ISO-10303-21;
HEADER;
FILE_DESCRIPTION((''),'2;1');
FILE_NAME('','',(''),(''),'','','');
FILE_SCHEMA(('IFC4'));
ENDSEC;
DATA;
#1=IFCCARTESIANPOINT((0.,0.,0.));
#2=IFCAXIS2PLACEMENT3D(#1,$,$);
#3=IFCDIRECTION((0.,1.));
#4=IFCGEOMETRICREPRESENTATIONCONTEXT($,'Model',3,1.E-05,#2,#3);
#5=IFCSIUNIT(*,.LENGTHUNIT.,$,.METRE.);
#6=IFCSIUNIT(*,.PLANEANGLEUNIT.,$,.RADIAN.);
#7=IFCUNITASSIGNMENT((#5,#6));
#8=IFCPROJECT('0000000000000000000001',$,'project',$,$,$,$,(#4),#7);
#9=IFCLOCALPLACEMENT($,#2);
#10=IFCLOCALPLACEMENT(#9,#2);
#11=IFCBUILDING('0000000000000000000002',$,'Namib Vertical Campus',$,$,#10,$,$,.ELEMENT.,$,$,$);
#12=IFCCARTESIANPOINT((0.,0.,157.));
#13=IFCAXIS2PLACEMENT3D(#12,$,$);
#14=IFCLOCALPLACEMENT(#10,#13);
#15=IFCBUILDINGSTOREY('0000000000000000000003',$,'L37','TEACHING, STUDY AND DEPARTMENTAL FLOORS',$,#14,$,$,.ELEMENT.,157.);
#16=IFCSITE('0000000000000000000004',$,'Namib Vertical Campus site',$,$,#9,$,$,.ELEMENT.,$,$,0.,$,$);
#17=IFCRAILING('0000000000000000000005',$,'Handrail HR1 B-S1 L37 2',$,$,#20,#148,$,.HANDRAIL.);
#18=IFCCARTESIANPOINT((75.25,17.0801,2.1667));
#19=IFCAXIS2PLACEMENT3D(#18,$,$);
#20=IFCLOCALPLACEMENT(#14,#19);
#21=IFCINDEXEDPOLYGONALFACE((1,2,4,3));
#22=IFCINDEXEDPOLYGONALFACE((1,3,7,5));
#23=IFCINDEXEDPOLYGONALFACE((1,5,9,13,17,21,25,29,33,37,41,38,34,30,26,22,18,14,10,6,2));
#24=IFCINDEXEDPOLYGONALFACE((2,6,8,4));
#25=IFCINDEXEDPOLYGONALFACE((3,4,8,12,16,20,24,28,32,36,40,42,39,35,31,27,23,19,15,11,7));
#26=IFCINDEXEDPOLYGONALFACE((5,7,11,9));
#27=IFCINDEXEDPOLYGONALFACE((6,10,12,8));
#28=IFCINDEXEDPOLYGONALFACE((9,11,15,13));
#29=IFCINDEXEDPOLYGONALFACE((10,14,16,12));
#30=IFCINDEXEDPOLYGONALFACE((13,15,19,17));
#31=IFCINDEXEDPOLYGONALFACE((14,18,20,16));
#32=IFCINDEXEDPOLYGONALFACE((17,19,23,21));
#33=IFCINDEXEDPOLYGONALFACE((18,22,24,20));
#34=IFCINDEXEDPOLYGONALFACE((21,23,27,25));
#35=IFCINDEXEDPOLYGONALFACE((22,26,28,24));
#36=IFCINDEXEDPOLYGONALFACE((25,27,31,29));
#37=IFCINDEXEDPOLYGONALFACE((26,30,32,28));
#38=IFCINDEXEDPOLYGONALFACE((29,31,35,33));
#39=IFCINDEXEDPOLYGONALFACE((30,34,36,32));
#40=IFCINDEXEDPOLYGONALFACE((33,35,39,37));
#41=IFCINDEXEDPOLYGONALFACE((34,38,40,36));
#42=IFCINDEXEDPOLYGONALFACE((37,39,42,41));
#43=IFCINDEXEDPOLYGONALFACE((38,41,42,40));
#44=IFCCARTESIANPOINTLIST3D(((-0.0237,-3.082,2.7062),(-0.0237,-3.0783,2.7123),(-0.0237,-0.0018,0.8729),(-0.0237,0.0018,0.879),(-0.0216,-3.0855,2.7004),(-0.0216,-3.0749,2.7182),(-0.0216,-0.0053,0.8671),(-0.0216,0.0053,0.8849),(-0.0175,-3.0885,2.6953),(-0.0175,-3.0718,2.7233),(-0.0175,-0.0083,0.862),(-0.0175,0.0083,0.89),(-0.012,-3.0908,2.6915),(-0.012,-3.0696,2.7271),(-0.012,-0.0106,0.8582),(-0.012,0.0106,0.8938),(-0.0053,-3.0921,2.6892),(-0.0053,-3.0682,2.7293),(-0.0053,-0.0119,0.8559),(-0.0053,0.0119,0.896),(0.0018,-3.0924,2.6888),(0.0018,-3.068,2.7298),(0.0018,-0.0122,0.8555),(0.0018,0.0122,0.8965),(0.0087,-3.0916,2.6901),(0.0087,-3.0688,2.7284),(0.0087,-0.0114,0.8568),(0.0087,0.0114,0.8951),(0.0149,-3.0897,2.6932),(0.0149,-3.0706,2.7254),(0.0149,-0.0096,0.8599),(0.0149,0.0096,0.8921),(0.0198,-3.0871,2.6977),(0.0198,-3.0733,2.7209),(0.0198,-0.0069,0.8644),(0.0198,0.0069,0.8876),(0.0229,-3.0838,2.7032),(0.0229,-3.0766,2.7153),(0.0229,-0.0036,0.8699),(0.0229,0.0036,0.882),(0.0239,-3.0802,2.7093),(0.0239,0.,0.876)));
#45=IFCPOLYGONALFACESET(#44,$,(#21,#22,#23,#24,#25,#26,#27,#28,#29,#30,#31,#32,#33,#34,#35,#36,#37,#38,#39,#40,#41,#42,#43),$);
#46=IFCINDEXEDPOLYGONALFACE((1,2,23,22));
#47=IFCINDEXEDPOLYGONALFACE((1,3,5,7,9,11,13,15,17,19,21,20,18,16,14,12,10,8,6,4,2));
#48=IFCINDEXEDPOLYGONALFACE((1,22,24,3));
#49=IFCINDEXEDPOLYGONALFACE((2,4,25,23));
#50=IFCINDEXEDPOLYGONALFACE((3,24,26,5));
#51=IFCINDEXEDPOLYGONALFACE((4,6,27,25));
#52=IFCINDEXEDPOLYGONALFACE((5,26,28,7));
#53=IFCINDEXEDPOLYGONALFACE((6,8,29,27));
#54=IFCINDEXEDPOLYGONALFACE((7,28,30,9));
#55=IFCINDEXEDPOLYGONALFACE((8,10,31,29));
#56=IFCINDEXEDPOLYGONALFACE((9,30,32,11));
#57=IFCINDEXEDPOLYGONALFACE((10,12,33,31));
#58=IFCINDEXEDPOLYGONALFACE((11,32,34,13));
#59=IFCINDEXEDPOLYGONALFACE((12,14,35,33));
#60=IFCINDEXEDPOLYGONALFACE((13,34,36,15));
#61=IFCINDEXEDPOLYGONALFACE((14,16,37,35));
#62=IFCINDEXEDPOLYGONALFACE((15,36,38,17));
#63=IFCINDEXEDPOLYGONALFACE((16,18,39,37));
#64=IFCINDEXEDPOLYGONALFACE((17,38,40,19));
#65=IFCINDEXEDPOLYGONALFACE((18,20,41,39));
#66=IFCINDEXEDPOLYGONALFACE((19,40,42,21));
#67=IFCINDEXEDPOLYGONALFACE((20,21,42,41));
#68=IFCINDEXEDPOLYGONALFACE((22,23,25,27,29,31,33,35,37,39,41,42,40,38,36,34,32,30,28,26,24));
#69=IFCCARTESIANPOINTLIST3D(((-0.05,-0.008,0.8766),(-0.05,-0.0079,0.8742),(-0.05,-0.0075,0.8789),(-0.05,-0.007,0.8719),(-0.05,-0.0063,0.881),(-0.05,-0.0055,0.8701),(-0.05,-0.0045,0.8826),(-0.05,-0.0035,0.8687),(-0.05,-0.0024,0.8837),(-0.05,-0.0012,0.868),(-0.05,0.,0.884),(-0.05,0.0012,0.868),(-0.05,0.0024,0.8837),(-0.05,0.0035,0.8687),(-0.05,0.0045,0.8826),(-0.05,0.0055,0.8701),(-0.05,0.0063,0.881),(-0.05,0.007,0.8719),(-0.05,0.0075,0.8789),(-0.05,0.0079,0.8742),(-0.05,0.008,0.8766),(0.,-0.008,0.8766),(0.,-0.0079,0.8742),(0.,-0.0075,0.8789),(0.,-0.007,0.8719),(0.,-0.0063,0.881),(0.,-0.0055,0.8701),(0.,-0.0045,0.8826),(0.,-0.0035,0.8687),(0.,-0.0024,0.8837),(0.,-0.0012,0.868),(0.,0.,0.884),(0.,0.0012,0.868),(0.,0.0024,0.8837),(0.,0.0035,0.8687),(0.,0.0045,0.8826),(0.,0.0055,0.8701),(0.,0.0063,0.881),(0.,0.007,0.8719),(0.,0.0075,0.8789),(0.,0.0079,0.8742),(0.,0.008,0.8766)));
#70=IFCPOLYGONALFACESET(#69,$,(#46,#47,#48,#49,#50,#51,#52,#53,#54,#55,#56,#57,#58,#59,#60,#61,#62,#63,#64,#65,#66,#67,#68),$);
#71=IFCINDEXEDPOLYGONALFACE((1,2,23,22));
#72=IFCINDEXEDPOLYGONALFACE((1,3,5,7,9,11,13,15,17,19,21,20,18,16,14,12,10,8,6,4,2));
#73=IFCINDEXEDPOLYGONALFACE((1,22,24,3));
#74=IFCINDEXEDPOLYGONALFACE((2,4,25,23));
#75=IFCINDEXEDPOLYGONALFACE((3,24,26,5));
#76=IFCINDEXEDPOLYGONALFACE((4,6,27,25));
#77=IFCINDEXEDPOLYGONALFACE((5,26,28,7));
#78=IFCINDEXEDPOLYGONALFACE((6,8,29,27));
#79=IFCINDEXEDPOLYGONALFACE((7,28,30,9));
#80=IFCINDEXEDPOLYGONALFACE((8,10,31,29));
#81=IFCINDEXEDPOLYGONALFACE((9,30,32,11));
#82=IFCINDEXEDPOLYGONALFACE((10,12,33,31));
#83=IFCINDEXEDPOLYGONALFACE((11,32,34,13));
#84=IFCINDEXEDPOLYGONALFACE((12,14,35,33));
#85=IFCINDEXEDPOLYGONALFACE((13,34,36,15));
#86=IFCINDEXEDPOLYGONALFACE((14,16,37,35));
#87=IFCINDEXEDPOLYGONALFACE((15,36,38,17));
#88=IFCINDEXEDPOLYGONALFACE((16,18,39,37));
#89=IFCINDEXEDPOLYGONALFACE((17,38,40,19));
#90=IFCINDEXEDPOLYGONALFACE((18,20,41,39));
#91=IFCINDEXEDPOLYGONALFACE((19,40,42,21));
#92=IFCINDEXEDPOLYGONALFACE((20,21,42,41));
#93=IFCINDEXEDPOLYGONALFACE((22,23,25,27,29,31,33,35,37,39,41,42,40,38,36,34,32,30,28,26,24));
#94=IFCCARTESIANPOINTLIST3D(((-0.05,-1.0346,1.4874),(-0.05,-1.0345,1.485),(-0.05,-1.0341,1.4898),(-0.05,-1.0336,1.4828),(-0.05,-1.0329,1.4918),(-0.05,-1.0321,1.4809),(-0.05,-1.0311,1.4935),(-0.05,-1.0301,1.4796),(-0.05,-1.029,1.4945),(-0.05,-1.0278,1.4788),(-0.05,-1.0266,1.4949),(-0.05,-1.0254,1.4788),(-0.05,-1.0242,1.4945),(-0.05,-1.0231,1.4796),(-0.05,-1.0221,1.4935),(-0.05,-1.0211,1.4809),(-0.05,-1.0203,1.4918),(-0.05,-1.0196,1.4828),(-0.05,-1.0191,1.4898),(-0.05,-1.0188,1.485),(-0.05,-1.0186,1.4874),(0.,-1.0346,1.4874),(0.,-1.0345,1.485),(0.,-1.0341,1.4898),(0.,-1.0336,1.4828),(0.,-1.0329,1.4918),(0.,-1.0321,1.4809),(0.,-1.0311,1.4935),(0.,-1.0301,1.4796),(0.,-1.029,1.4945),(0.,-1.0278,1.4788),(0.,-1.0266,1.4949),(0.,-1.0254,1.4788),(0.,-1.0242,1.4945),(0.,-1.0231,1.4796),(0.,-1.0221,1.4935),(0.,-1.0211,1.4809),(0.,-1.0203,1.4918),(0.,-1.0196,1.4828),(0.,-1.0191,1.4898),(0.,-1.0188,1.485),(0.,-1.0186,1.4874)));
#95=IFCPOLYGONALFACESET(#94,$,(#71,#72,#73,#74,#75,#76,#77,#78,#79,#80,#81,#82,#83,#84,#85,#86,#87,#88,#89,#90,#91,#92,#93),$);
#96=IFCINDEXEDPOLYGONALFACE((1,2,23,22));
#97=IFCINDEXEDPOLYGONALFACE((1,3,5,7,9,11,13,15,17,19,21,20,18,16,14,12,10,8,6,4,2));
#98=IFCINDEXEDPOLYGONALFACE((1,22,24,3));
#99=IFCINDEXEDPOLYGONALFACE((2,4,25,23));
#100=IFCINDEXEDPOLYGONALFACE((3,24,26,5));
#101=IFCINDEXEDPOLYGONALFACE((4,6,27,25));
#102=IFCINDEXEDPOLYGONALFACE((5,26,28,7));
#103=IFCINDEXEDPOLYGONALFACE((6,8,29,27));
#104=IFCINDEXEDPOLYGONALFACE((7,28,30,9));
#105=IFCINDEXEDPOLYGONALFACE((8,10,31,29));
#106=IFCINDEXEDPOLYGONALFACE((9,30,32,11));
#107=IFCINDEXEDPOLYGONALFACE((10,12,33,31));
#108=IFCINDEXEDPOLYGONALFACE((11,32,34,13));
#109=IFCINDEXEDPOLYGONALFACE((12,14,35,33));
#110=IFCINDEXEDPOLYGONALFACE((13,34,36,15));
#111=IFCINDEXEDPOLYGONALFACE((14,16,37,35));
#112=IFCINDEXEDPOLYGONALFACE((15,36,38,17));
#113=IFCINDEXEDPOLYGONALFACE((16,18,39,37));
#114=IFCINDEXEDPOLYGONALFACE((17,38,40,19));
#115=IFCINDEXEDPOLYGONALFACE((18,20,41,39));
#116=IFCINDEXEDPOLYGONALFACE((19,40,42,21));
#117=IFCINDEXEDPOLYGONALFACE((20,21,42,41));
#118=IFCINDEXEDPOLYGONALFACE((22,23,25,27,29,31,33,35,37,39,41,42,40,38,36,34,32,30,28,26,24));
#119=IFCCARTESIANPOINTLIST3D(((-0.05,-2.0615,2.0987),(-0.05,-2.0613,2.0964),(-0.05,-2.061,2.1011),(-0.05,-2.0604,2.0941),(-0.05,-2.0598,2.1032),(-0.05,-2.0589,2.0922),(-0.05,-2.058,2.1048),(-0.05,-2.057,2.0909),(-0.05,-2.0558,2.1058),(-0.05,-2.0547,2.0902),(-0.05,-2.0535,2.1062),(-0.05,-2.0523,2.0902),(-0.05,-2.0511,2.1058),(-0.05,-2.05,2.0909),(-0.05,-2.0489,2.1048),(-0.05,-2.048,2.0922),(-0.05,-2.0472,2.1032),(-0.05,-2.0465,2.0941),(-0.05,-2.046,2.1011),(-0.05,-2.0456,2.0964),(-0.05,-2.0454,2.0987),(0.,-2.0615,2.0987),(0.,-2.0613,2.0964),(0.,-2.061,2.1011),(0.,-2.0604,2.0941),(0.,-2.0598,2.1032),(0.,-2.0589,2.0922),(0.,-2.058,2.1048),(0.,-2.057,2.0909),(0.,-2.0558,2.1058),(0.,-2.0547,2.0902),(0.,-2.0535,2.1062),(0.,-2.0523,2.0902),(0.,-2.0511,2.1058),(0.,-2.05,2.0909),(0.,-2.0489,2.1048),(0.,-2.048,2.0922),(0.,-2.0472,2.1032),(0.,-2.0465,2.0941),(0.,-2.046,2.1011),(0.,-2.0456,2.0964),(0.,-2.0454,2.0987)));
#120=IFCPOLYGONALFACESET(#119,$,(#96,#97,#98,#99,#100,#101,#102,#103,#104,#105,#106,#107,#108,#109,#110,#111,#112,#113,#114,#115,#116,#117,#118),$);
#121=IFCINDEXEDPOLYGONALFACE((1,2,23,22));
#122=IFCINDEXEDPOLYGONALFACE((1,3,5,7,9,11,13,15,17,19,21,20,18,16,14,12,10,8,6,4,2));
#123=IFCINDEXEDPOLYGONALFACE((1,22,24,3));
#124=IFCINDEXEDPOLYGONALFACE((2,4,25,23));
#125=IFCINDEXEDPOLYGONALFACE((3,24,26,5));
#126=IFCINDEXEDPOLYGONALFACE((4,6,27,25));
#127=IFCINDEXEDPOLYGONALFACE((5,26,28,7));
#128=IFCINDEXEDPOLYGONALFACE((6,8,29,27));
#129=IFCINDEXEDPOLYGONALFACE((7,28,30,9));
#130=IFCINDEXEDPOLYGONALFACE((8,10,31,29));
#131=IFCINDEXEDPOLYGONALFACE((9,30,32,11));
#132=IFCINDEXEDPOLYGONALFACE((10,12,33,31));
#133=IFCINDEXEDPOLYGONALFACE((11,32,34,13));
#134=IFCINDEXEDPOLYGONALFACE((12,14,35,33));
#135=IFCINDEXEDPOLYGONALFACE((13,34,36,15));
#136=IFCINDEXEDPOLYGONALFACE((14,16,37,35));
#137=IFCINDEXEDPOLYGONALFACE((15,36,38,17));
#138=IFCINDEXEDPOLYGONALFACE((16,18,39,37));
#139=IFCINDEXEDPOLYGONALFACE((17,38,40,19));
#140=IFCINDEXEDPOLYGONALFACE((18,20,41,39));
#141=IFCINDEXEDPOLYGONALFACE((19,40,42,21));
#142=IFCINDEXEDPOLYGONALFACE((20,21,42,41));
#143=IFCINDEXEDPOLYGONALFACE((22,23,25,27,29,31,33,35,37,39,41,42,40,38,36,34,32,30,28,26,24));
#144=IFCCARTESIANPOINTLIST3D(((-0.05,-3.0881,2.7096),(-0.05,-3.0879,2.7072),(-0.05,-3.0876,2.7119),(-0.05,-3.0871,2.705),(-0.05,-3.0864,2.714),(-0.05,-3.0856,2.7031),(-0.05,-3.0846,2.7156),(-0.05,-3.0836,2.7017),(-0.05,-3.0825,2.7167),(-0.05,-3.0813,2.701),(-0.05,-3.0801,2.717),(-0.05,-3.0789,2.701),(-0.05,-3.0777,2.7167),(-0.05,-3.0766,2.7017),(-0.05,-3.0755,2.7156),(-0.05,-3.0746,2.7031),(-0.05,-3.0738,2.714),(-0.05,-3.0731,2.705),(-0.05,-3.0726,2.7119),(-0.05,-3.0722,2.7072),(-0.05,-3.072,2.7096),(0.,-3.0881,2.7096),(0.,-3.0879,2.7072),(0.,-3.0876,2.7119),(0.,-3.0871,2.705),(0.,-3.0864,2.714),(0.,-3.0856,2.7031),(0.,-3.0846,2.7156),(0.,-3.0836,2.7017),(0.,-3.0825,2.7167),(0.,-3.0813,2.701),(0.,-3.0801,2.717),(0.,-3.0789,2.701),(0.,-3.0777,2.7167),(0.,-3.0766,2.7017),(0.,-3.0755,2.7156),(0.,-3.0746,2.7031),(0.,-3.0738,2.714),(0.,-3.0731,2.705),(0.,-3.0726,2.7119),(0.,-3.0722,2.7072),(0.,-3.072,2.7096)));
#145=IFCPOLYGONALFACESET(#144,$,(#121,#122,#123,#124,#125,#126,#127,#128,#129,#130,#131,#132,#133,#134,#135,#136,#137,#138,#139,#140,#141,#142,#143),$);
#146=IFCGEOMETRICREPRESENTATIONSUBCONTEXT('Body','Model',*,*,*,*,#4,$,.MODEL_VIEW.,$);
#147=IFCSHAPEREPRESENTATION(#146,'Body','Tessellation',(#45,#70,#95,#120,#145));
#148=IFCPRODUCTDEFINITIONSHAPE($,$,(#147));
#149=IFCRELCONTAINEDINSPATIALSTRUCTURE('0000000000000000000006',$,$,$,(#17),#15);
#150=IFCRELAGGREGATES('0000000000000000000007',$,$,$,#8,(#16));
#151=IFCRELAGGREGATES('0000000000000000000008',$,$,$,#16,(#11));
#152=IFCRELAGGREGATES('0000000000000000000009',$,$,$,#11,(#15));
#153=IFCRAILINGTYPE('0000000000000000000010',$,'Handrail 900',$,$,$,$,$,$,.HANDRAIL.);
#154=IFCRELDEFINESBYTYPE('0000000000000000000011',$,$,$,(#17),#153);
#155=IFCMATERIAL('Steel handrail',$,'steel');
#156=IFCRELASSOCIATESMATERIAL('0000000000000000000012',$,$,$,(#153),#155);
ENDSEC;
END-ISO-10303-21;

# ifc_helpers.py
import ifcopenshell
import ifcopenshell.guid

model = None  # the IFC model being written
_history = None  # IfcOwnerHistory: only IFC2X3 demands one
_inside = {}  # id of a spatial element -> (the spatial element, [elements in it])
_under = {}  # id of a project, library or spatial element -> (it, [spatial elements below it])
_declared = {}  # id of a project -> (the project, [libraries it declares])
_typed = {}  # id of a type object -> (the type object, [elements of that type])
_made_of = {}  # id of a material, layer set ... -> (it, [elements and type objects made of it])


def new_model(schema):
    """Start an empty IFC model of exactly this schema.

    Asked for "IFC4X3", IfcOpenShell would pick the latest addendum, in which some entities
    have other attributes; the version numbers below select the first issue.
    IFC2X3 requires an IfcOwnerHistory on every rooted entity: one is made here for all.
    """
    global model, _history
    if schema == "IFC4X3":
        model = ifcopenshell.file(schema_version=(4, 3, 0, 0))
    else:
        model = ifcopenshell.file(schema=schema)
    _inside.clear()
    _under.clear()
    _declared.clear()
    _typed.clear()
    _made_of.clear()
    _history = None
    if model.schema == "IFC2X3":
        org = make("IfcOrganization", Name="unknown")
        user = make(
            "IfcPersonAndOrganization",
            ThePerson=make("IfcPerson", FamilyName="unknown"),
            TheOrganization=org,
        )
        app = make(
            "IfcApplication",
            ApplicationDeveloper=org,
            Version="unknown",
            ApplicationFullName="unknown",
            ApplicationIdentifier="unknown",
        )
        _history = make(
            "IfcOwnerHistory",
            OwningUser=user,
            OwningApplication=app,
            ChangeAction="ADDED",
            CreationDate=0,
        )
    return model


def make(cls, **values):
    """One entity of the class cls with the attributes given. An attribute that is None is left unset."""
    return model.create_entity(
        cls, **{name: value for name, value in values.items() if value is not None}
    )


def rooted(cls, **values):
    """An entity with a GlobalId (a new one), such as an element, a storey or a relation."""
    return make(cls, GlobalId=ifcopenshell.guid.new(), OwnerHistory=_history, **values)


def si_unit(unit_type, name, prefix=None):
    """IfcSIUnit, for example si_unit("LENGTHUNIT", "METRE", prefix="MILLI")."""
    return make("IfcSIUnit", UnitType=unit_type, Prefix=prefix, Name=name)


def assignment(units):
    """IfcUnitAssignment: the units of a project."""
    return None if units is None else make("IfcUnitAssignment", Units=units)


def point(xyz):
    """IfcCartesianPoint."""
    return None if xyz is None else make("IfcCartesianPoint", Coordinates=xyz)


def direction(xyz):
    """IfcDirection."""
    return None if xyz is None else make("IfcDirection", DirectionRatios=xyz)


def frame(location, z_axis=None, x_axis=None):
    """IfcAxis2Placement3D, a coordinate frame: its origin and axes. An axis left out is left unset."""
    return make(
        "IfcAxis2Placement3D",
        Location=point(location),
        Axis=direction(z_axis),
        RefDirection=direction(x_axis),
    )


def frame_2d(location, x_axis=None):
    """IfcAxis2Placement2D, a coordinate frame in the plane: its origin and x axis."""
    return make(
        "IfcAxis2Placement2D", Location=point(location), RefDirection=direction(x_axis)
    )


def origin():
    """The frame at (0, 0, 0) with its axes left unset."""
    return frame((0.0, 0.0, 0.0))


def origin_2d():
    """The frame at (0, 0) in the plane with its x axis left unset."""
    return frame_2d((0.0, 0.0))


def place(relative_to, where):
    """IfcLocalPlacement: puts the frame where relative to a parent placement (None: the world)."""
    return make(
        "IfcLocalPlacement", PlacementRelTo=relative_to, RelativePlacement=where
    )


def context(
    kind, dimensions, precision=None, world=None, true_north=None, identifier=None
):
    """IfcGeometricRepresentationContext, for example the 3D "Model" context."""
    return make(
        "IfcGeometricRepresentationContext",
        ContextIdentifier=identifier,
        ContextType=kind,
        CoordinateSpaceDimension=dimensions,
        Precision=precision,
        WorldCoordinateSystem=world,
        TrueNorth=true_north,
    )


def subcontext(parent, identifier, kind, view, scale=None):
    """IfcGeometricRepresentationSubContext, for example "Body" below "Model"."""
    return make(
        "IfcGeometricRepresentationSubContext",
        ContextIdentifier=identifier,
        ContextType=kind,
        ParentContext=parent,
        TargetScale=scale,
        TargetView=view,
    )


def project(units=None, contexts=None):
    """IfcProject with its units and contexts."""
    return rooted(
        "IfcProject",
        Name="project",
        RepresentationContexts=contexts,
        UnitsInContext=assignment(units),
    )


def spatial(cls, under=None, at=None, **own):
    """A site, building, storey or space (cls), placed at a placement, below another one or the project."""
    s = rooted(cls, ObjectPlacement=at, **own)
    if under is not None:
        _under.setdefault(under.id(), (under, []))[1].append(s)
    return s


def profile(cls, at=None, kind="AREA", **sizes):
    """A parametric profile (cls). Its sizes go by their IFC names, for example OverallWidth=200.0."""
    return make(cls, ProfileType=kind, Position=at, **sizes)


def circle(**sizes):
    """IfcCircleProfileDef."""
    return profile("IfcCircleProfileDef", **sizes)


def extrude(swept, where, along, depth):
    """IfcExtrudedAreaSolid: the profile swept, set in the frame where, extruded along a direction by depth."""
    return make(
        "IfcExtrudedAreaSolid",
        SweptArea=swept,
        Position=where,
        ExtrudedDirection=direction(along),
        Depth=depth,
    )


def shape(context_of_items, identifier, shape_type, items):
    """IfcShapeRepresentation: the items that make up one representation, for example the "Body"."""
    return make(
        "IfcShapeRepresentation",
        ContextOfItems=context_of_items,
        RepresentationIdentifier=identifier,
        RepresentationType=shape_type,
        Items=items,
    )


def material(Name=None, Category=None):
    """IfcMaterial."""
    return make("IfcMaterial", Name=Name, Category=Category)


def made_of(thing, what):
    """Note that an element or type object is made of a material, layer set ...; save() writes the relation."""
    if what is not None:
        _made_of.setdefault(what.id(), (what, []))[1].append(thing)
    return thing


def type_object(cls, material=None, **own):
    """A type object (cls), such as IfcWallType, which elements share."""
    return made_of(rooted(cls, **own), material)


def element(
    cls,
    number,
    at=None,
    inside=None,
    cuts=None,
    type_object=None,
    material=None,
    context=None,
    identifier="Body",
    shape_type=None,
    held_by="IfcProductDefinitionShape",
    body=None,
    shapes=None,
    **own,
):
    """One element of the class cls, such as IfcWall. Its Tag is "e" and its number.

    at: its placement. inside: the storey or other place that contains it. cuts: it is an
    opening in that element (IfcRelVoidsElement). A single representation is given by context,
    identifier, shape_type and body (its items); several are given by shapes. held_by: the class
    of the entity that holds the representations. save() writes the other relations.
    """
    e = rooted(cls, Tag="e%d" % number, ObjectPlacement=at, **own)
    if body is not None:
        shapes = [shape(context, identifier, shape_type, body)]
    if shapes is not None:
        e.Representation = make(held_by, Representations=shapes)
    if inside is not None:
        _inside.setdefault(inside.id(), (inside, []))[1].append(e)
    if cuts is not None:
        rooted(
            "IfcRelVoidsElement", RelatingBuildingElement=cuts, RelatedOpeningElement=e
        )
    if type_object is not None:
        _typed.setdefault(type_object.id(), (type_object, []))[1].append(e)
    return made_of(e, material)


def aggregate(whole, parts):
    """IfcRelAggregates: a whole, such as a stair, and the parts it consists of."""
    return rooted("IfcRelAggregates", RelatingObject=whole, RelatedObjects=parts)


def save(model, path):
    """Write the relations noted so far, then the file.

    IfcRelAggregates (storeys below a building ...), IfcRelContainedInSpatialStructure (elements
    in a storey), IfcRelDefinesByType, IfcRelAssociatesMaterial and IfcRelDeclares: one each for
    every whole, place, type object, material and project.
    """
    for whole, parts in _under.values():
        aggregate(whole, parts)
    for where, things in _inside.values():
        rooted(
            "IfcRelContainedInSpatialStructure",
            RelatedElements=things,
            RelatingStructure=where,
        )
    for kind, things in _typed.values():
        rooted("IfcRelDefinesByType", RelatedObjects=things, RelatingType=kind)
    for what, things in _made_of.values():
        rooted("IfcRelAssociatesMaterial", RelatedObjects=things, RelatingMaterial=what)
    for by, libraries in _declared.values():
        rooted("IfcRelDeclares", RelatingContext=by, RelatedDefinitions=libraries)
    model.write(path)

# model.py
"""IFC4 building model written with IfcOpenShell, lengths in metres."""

from ifc_helpers import new_model, si_unit, direction, frame, origin, origin_2d, place, context, subcontext, project, spatial, circle, extrude, material, type_object, element, save


model = new_model("IFC4")

# Units and contexts
model_context = context("Model", 3, precision=1e-05, world=origin(), true_north=direction((0.0, 1.0)))
body_context = subcontext(model_context, "Body", "Model", "MODEL_VIEW")
ifc_project = project(units=[si_unit("LENGTHUNIT", "METRE"), si_unit("PLANEANGLEUNIT", "RADIAN")], contexts=[model_context])

# Site, building, storey
site_placement = place(None, origin())
site = spatial("IfcSite", under=ifc_project, at=site_placement, Name="Namib Vertical Campus site", CompositionType="ELEMENT", RefElevation=0.0)
building_placement = place(site_placement, origin())
building = spatial("IfcBuilding", under=site, at=building_placement, Name="Namib Vertical Campus", CompositionType="ELEMENT")
storey_placement = place(building_placement, frame((0.0, 0.0, 157.0)))
storey = spatial("IfcBuildingStorey", under=building, at=storey_placement, Name="L37", Description="TEACHING, STUDY AND DEPARTMENTAL FLOORS", CompositionType="ELEMENT", Elevation=157.0)

# Railing
ifc_material_1 = material(Name="Steel handrail", Category="steel")
railing_type_1 = type_object("IfcRailingType", Name="Handrail 900", PredefinedType="HANDRAIL", material=ifc_material_1)
railing_1_placement = place(storey_placement, frame((75.25, 17.0801, 2.1667)))
element("IfcRailing", 1, at=railing_1_placement, inside=storey, type_object=railing_type_1, Name="Handrail HR1 B-S1 L37 2", PredefinedType="HANDRAIL", context=body_context, shape_type="SweptSolid", body=[
    extrude(circle(Radius=0.0239, at=origin_2d()), frame((0.0, 0.0, 0.876), z_axis=(0.0, -0.859309, 0.511458), x_axis=(1.0, 0.0, 0.0)), (0.0, 0.0, 1.0), 3.5845),
    extrude(circle(Radius=0.0081, at=origin_2d()), frame((0.0, 0.0, 0.876), z_axis=(-1.0, 0.0, 0.0), x_axis=(0.0, 0.0, 1.0)), (0.0, 0.0, 1.0), 0.05),
    extrude(circle(Radius=0.0081, at=origin_2d()), frame((0.0, -1.0266, 1.4868), z_axis=(-1.0, 0.0, 0.0), x_axis=(0.0, 0.0, 1.0)), (0.0, 0.0, 1.0), 0.05),
    extrude(circle(Radius=0.0081, at=origin_2d()), frame((0.0, -2.0535, 2.0981), z_axis=(-1.0, 0.0, 0.0), x_axis=(0.0, 0.0, 1.0)), (0.0, 0.0, 1.0), 0.05),
    extrude(circle(Radius=0.0081, at=origin_2d()), frame((0.0, -3.0801, 2.709), z_axis=(-1.0, 0.0, 0.0), x_axis=(0.0, 0.0, 1.0)), (0.0, 0.0, 1.0), 0.05),
])

save(model, "model.ifc")
